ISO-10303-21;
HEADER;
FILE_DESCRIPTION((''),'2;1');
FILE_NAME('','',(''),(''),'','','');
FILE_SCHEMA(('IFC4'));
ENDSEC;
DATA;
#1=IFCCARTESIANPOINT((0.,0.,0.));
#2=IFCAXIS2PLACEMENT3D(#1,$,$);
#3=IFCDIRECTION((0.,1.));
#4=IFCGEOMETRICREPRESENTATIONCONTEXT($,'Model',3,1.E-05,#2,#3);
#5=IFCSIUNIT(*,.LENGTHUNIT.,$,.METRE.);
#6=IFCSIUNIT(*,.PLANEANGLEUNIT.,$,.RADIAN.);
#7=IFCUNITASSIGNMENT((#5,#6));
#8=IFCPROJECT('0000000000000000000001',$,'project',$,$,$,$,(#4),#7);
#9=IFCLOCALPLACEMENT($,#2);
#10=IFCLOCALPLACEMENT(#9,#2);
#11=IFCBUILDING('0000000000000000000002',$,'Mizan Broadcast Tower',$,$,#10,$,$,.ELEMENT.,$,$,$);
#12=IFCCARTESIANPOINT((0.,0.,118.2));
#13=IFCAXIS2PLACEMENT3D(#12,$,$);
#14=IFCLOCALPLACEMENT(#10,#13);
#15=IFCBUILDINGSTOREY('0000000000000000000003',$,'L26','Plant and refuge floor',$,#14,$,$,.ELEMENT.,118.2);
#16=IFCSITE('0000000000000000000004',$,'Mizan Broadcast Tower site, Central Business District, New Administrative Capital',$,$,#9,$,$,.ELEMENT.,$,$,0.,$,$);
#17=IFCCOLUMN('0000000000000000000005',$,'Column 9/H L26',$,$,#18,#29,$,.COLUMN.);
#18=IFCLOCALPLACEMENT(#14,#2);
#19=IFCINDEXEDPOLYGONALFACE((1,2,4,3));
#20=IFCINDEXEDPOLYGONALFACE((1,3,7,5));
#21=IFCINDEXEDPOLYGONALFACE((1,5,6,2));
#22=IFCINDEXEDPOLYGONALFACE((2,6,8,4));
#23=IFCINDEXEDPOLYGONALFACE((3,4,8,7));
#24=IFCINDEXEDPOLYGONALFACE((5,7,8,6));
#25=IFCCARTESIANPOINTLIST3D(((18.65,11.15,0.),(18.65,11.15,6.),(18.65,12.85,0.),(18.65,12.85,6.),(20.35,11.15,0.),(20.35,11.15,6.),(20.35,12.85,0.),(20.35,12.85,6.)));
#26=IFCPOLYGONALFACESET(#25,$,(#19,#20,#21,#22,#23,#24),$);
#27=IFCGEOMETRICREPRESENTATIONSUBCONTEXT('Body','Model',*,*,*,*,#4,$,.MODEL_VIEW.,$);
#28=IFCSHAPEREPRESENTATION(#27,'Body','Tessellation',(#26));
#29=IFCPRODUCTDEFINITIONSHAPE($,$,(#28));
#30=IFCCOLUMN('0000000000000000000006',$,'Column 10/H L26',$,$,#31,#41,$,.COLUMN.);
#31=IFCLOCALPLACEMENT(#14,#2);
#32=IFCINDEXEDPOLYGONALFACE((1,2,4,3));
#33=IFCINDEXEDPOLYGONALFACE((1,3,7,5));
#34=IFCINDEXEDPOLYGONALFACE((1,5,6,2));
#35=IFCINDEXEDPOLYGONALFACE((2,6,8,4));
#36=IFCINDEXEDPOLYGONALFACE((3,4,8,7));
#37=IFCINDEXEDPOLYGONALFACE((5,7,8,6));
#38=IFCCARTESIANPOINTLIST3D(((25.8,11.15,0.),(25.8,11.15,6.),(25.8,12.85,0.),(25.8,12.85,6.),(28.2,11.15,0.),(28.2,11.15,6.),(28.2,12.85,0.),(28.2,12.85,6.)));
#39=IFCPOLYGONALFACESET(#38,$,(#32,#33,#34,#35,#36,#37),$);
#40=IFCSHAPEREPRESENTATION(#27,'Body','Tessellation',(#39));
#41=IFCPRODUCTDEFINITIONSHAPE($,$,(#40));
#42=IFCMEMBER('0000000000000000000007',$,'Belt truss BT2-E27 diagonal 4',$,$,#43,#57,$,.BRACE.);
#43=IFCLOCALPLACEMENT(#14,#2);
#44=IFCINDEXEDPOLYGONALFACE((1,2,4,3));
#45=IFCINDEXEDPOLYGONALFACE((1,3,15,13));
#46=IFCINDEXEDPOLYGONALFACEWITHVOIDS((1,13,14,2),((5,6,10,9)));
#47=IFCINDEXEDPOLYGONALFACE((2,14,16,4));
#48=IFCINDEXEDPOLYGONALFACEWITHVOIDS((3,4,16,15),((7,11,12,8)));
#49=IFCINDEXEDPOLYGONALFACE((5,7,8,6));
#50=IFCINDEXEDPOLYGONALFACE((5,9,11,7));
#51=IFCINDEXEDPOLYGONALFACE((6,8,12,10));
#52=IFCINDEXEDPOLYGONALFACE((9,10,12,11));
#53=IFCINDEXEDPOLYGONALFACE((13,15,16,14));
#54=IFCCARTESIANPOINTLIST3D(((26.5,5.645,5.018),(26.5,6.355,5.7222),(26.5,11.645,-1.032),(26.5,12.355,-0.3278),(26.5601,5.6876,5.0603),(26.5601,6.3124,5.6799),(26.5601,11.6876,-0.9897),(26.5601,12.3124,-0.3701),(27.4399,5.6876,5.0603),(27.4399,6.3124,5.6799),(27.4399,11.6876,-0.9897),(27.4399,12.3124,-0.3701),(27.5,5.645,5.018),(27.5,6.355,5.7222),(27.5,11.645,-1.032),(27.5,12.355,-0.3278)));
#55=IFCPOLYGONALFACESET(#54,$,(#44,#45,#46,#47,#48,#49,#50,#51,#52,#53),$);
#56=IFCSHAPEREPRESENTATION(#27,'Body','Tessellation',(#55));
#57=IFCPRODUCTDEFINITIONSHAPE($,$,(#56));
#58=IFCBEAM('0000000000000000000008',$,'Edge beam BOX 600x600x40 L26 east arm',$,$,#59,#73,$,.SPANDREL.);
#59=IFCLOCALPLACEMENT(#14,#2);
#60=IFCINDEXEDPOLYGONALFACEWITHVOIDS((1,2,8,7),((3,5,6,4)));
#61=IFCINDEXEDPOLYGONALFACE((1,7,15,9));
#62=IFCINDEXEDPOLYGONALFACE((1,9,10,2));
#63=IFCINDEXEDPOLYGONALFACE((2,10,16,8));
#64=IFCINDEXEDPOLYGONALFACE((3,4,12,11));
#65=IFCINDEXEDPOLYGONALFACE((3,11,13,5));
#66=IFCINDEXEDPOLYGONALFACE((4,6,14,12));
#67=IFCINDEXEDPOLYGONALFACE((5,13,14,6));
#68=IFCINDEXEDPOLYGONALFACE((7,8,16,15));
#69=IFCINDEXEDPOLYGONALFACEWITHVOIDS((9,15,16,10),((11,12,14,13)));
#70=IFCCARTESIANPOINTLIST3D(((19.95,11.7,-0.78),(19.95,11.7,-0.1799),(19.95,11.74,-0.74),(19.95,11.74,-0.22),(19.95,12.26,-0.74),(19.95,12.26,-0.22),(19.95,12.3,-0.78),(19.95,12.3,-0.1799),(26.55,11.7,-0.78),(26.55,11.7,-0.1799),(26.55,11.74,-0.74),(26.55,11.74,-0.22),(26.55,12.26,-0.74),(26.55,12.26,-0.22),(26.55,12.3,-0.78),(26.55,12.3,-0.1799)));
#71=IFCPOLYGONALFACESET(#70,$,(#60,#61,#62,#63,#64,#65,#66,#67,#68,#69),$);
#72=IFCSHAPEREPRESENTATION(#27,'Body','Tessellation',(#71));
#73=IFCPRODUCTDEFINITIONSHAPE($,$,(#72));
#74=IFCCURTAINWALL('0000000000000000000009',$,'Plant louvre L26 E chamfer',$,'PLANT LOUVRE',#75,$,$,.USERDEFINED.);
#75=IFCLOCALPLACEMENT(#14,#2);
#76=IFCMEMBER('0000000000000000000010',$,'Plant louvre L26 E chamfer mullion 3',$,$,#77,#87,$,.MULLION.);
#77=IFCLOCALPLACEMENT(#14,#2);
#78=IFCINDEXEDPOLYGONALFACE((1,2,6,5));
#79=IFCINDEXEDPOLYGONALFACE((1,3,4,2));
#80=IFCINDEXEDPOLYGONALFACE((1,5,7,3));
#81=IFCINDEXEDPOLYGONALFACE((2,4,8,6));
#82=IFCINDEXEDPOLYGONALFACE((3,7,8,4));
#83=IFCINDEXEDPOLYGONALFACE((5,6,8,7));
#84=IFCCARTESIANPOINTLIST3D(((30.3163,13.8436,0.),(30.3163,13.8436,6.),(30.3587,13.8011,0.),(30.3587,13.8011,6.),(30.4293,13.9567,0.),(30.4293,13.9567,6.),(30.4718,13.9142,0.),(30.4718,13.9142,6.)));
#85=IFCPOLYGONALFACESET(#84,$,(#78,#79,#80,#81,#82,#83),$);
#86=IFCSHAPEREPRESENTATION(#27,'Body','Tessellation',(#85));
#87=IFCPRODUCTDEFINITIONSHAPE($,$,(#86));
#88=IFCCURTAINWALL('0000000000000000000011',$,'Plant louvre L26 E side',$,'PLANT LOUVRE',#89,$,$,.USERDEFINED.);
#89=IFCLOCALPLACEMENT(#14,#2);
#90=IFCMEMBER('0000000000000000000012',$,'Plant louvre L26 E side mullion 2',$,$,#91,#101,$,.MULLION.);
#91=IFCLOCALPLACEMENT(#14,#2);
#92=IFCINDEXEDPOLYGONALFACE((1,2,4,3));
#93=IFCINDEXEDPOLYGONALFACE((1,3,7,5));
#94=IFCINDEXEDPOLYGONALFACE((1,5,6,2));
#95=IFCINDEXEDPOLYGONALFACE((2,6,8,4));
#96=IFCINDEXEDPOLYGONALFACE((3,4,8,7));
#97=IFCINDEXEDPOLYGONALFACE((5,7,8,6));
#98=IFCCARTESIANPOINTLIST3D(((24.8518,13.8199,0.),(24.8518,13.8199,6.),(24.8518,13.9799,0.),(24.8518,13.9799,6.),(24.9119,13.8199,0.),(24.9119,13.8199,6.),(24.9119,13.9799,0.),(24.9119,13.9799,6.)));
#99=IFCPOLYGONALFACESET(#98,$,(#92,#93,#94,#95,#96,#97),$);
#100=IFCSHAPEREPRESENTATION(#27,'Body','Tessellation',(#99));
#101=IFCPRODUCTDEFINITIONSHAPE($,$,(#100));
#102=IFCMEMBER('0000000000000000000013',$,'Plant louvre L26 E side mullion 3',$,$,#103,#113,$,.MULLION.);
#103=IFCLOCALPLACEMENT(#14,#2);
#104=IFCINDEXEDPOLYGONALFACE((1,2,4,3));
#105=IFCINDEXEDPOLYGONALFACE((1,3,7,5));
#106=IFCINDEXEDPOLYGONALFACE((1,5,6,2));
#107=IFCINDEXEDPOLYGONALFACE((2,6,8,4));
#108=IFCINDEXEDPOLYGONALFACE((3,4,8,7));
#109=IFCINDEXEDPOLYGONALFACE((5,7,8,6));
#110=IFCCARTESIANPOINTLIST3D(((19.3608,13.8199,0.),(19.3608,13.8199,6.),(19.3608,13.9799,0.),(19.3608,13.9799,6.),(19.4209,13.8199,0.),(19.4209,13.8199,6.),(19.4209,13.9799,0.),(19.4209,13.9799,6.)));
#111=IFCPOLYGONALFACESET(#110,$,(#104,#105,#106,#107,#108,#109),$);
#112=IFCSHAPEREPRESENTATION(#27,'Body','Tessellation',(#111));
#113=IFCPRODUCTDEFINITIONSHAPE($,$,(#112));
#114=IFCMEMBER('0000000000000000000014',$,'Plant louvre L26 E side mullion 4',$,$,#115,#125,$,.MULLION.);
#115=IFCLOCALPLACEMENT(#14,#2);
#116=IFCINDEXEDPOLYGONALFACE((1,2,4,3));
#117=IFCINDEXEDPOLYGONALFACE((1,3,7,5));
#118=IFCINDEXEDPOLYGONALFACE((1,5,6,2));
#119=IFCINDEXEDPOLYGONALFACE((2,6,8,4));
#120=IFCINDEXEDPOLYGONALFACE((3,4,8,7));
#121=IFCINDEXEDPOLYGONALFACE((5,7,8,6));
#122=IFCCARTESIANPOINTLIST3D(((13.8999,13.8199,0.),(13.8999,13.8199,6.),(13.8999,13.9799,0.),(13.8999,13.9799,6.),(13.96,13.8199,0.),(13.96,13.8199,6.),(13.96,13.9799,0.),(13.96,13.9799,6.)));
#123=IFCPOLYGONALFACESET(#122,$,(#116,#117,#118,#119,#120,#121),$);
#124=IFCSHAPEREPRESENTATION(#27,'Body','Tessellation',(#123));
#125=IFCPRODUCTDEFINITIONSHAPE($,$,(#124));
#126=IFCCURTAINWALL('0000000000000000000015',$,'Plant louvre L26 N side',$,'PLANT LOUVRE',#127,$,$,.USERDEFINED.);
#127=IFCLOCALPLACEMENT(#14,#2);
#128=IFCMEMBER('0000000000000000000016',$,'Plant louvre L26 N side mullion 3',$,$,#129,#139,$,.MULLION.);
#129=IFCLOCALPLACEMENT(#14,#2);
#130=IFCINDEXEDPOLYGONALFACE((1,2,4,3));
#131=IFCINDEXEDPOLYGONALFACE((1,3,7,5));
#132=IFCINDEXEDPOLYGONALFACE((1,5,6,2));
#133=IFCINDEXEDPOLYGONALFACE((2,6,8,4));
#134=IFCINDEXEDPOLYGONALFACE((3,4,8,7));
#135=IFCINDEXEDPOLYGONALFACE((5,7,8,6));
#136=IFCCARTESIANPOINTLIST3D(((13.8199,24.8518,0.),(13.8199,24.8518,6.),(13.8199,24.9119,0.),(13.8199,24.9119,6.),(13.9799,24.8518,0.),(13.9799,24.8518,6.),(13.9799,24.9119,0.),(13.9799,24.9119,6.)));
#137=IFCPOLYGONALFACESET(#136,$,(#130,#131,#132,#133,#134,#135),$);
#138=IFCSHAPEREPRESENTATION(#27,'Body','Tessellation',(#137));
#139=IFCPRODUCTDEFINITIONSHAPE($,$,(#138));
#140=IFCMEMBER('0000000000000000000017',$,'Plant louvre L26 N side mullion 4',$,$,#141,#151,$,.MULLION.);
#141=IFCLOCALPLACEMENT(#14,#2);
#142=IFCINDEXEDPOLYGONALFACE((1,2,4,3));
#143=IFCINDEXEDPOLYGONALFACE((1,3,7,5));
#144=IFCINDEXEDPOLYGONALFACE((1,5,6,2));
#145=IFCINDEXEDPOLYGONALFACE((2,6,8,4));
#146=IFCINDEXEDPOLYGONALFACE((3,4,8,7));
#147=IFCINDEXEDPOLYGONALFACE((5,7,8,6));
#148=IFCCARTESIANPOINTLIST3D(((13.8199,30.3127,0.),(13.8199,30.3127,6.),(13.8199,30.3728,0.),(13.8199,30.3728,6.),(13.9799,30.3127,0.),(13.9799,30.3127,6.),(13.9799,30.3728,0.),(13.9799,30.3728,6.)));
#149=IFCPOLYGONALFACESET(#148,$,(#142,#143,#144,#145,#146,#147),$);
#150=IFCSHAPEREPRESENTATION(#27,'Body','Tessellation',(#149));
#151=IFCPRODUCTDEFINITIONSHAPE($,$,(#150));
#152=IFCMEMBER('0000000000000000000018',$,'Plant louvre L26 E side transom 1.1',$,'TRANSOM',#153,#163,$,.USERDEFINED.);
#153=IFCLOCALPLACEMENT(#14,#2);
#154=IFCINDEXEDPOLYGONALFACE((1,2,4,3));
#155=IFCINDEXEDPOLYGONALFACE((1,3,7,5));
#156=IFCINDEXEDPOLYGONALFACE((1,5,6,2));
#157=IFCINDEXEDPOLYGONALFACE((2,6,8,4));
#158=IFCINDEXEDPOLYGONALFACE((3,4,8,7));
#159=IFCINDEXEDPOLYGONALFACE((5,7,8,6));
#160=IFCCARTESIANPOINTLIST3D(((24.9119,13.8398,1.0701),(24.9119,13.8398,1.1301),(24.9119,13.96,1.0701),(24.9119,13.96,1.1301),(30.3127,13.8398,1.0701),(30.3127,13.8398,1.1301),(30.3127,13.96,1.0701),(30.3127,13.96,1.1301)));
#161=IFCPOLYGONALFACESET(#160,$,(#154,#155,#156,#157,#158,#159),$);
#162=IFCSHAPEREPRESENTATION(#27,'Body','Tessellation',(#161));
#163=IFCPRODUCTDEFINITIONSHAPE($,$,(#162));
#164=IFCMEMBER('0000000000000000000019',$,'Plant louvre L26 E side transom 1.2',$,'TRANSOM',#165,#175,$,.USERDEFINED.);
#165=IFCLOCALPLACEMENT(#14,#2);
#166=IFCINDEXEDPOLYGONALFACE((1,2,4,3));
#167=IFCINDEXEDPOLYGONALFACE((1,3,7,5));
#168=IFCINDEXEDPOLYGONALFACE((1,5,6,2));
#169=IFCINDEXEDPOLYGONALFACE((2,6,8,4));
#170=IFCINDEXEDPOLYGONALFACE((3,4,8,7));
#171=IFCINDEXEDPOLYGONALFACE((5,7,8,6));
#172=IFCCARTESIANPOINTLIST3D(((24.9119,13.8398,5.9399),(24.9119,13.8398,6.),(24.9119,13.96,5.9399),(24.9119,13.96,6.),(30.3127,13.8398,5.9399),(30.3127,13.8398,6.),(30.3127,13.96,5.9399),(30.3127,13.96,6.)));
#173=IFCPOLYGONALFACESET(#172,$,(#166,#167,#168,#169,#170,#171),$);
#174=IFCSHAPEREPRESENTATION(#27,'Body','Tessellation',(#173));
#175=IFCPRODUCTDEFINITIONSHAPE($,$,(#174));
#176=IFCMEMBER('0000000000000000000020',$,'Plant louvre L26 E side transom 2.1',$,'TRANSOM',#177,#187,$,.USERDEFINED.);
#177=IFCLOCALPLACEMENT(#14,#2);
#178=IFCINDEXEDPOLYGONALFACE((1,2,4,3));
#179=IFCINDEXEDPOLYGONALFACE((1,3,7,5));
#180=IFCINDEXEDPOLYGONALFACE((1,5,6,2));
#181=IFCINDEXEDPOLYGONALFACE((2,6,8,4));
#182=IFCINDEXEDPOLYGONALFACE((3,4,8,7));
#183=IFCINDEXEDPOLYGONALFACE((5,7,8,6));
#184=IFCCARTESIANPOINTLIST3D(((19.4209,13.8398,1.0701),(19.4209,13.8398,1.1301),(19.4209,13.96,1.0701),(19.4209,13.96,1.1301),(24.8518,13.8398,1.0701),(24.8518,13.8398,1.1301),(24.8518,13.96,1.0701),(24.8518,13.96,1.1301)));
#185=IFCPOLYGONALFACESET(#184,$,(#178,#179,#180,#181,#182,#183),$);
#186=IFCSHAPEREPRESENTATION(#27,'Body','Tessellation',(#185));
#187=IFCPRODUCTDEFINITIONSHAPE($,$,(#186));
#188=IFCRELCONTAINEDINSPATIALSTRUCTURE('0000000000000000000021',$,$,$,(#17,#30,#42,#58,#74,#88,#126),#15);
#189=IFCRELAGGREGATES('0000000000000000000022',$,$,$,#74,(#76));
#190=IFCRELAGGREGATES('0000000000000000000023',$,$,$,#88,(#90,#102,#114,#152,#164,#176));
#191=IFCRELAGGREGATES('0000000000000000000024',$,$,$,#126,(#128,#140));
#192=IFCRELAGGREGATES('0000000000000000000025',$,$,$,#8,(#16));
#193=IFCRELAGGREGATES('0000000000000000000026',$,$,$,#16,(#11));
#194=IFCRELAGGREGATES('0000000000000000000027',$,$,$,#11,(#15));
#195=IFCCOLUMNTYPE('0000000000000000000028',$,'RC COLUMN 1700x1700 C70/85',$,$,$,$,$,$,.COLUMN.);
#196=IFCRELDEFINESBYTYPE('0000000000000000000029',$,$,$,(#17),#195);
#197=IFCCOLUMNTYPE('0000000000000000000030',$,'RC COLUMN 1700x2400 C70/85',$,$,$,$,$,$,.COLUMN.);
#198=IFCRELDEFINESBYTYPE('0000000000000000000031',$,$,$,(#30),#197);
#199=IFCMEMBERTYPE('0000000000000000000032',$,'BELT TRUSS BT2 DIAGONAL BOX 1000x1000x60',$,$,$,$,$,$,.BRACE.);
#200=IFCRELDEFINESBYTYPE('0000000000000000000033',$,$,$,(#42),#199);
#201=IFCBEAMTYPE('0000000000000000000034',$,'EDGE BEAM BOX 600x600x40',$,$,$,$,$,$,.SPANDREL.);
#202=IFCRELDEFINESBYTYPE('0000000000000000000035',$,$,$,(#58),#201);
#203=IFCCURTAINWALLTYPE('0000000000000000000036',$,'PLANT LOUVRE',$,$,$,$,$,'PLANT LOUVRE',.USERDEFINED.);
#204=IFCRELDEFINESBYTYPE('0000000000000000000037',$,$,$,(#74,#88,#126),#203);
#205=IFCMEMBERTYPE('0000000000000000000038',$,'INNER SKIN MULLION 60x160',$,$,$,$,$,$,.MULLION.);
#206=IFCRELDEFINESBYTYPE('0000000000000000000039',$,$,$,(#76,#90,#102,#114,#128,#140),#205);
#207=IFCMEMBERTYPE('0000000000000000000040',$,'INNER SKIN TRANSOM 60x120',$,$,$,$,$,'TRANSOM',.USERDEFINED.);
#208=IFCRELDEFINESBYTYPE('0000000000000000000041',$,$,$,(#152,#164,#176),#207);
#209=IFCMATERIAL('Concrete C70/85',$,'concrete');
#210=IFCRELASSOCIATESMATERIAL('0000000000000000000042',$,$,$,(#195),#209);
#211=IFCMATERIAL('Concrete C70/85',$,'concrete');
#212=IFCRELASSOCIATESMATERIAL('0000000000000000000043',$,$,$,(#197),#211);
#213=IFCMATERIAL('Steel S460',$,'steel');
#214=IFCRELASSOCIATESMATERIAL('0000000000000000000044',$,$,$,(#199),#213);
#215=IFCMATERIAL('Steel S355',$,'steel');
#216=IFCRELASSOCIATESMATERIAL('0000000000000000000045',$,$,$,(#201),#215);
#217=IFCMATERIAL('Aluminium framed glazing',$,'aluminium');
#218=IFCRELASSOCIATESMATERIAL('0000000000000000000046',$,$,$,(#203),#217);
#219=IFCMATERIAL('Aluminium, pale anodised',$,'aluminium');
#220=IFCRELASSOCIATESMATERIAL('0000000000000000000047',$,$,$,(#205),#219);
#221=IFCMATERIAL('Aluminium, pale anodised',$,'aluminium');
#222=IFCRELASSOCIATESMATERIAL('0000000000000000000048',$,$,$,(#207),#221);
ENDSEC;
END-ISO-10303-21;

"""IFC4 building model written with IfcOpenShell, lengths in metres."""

from ifc_helpers import new_model, si_unit, direction, frame, origin, origin_2d, place, context, subcontext, project, spatial, rectangle, hollow_rectangle, extrude, material, material_profile, profile_set, type_object, element, aggregate, save


model = new_model("IFC4")

# Units and contexts
model_context = context("Model", 3, precision=1e-05, world=origin(), true_north=direction((0.0, 1.0)))
body_context = subcontext(model_context, "Body", "Model", "MODEL_VIEW")
ifc_project = project(units=[si_unit("LENGTHUNIT", "METRE"), si_unit("PLANEANGLEUNIT", "RADIAN")], contexts=[model_context])

# Site, building, storey
site_placement = place(None, origin())
site = spatial("IfcSite", under=ifc_project, at=site_placement, Name="Mizan Broadcast Tower site, Central Business District, New Administrative Capital", CompositionType="ELEMENT", RefElevation=0.0)
building_placement = place(site_placement, origin())
building = spatial("IfcBuilding", under=site, at=building_placement, Name="Mizan Broadcast Tower", CompositionType="ELEMENT")
storey_placement = place(building_placement, frame((0.0, 0.0, 118.2)))
storey = spatial("IfcBuildingStorey", under=building, at=storey_placement, Name="L26", Description="Plant and refuge floor", CompositionType="ELEMENT", Elevation=118.2)

# Columns
ifc_material_1 = material(Name="Concrete C70/85", Category="concrete")
ifc_material_profile_1 = material_profile(ifc_material_1, rectangle(XDim=1.7, YDim=1.7, at=origin_2d()), Name="RC 1700x1700")
ifc_profile_set_1 = profile_set([ifc_material_profile_1], Name="Concrete C70/85")
column_type_1 = type_object("IfcColumnType", Name="RC COLUMN 1700x1700 C70/85", PredefinedType="COLUMN", material=ifc_profile_set_1)
column_1_placement = place(storey_placement, frame((19.5, 12.0, 0.0), z_axis=(0.0, 0.0, 1.0), x_axis=(1.0, 0.0, 0.0)))
element("IfcColumn", 1, at=column_1_placement, inside=storey, type_object=column_type_1, Name="Column 9/H L26", PredefinedType="COLUMN", context=body_context, shape_type="SweptSolid", body=[
    extrude(rectangle(XDim=1.7, YDim=1.7, at=origin_2d()), origin(), (0.0, 0.0, 1.0), 6.0),
])
ifc_material_2 = material(Name="Concrete C70/85", Category="concrete")
ifc_material_profile_2 = material_profile(ifc_material_2, rectangle(XDim=1.7, YDim=2.3999, at=origin_2d()), Name="RC 1700x2400")
ifc_profile_set_2 = profile_set([ifc_material_profile_2], Name="Concrete C70/85")
column_type_2 = type_object("IfcColumnType", Name="RC COLUMN 1700x2400 C70/85", PredefinedType="COLUMN", material=ifc_profile_set_2)
column_2_placement = place(storey_placement, frame((27.0, 12.0, 0.0), z_axis=(0.0, 0.0, 1.0), x_axis=(0.0, 1.0, 0.0)))
element("IfcColumn", 2, at=column_2_placement, inside=storey, type_object=column_type_2, Name="Column 10/H L26", PredefinedType="COLUMN", context=body_context, shape_type="SweptSolid", body=[
    extrude(rectangle(XDim=1.7, YDim=2.3999, at=origin_2d()), origin(), (0.0, 0.0, 1.0), 6.0),
])

# Member
ifc_material_3 = material(Name="Steel S460", Category="steel")
ifc_material_profile_3 = material_profile(ifc_material_3, hollow_rectangle(XDim=1.0, YDim=1.0, WallThickness=0.0601, at=origin_2d()), Name="BOX 1000x1000x60")
ifc_profile_set_3 = profile_set([ifc_material_profile_3], Name="Steel S460")
member_type_1 = type_object("IfcMemberType", Name="BELT TRUSS BT2 DIAGONAL BOX 1000x1000x60", PredefinedType="BRACE", material=ifc_profile_set_3)
member_1_placement = place(storey_placement, frame((27.0, 12.0, -0.6799), z_axis=(0.0, -0.704164, 0.710038), x_axis=(1.0, 0.0, 0.0)))
element("IfcMember", 3, at=member_1_placement, inside=storey, type_object=member_type_1, Name="Belt truss BT2-E27 diagonal 4", PredefinedType="BRACE", context=body_context, shape_type="SweptSolid", body=[
    extrude(hollow_rectangle(XDim=1.0, YDim=1.0, WallThickness=0.0601, at=origin_2d()), origin(), (0.0, 0.0, 1.0), 8.5208),
])

# Beam
ifc_material_4 = material(Name="Steel S355", Category="steel")
ifc_material_profile_4 = material_profile(ifc_material_4, hollow_rectangle(XDim=0.6001, YDim=0.6001, WallThickness=0.04, at=origin_2d()), Name="BOX 600x600x40")
ifc_profile_set_4 = profile_set([ifc_material_profile_4], Name="Steel S355")
beam_type_1 = type_object("IfcBeamType", Name="EDGE BEAM BOX 600x600x40", PredefinedType="SPANDREL", material=ifc_profile_set_4)
beam_placement = place(storey_placement, frame((19.95, 12.0, -0.48), z_axis=(1.0, 0.0, 0.0), x_axis=(0.0, 1.0, 0.0)))
element("IfcBeam", 4, at=beam_placement, inside=storey, type_object=beam_type_1, Name="Edge beam BOX 600x600x40 L26 east arm", PredefinedType="SPANDREL", context=body_context, shape_type="SweptSolid", body=[
    extrude(hollow_rectangle(XDim=0.6001, YDim=0.6001, WallThickness=0.04, at=origin_2d()), origin(), (0.0, 0.0, 1.0), 6.6001),
])

# Curtain wall, member
ifc_material_5 = material(Name="Aluminium framed glazing", Category="aluminium")
curtain_wall_type = type_object("IfcCurtainWallType", Name="PLANT LOUVRE", ElementType="PLANT LOUVRE", PredefinedType="USERDEFINED", material=ifc_material_5)
curtain_wall_1_placement = place(storey_placement, origin())
curtain_wall_1 = element("IfcCurtainWall", 5, at=curtain_wall_1_placement, inside=storey, type_object=curtain_wall_type, Name="Plant louvre L26 E chamfer", ObjectType="PLANT LOUVRE", PredefinedType="USERDEFINED")
ifc_material_6 = material(Name="Aluminium, pale anodised", Category="aluminium")
ifc_material_profile_5 = material_profile(ifc_material_6, rectangle(XDim=0.1599, YDim=0.0601, at=origin_2d()), Name="MULLION 160x60")
ifc_profile_set_5 = profile_set([ifc_material_profile_5], Name="Aluminium, pale anodised")
member_type_2 = type_object("IfcMemberType", Name="INNER SKIN MULLION 60x160", PredefinedType="MULLION", material=ifc_profile_set_5)
member_2_placement = place(storey_placement, frame((30.394, 13.8789, 0.0), z_axis=(0.0, 0.0, 1.0), x_axis=(-0.707107, -0.707107, 0.0)))
member_2 = element("IfcMember", 6, at=member_2_placement, type_object=member_type_2, Name="Plant louvre L26 E chamfer mullion 3", PredefinedType="MULLION", context=body_context, shape_type="SweptSolid", body=[
    extrude(rectangle(XDim=0.1599, YDim=0.0601, at=origin_2d()), origin(), (0.0, 0.0, 1.0), 6.0),
])

# Curtain walls, members
curtain_wall_2_placement = place(storey_placement, origin())
curtain_wall_2 = element("IfcCurtainWall", 7, at=curtain_wall_2_placement, inside=storey, type_object=curtain_wall_type, Name="Plant louvre L26 E side", ObjectType="PLANT LOUVRE", PredefinedType="USERDEFINED")
member_3_placement = place(storey_placement, frame((24.8818, 13.8999, 0.0), z_axis=(0.0, 0.0, 1.0), x_axis=(0.0, -1.0, 0.0)))
member_3 = element("IfcMember", 8, at=member_3_placement, type_object=member_type_2, Name="Plant louvre L26 E side mullion 2", PredefinedType="MULLION", context=body_context, shape_type="SweptSolid", body=[
    extrude(rectangle(XDim=0.1599, YDim=0.0601, at=origin_2d()), origin(), (0.0, 0.0, 1.0), 6.0),
])
member_4_placement = place(storey_placement, frame((19.3909, 13.8999, 0.0), z_axis=(0.0, 0.0, 1.0), x_axis=(0.0, -1.0, 0.0)))
member_4 = element("IfcMember", 9, at=member_4_placement, type_object=member_type_2, Name="Plant louvre L26 E side mullion 3", PredefinedType="MULLION", context=body_context, shape_type="SweptSolid", body=[
    extrude(rectangle(XDim=0.1599, YDim=0.0601, at=origin_2d()), origin(), (0.0, 0.0, 1.0), 6.0),
])
member_5_placement = place(storey_placement, frame((13.9299, 13.8999, 0.0), z_axis=(0.0, 0.0, 1.0), x_axis=(0.0, -1.0, 0.0)))
member_5 = element("IfcMember", 10, at=member_5_placement, type_object=member_type_2, Name="Plant louvre L26 E side mullion 4", PredefinedType="MULLION", context=body_context, shape_type="SweptSolid", body=[
    extrude(rectangle(XDim=0.1599, YDim=0.0601, at=origin_2d()), origin(), (0.0, 0.0, 1.0), 6.0),
])
curtain_wall_3_placement = place(storey_placement, origin())
curtain_wall_3 = element("IfcCurtainWall", 11, at=curtain_wall_3_placement, inside=storey, type_object=curtain_wall_type, Name="Plant louvre L26 N side", ObjectType="PLANT LOUVRE", PredefinedType="USERDEFINED")
member_6_placement = place(storey_placement, frame((13.8999, 24.8818, 0.0), z_axis=(0.0, 0.0, 1.0), x_axis=(-1.0, 0.0, 0.0)))
member_6 = element("IfcMember", 12, at=member_6_placement, type_object=member_type_2, Name="Plant louvre L26 N side mullion 3", PredefinedType="MULLION", context=body_context, shape_type="SweptSolid", body=[
    extrude(rectangle(XDim=0.1599, YDim=0.0601, at=origin_2d()), origin(), (0.0, 0.0, 1.0), 6.0),
])
member_7_placement = place(storey_placement, frame((13.8999, 30.3428, 0.0), z_axis=(0.0, 0.0, 1.0), x_axis=(-1.0, 0.0, 0.0)))
member_7 = element("IfcMember", 13, at=member_7_placement, type_object=member_type_2, Name="Plant louvre L26 N side mullion 4", PredefinedType="MULLION", context=body_context, shape_type="SweptSolid", body=[
    extrude(rectangle(XDim=0.1599, YDim=0.0601, at=origin_2d()), origin(), (0.0, 0.0, 1.0), 6.0),
])

# Members
ifc_material_7 = material(Name="Aluminium, pale anodised", Category="aluminium")
ifc_material_profile_6 = material_profile(ifc_material_7, rectangle(XDim=0.1201, YDim=0.0601, at=origin_2d()), Name="TRANSOM 120x60")
ifc_profile_set_6 = profile_set([ifc_material_profile_6], Name="Aluminium, pale anodised")
member_type_3 = type_object("IfcMemberType", Name="INNER SKIN TRANSOM 60x120", ElementType="TRANSOM", PredefinedType="USERDEFINED", material=ifc_profile_set_6)
member_8_placement = place(storey_placement, frame((30.3127, 13.8999, 1.1001), z_axis=(-1.0, 0.0, 0.0), x_axis=(0.0, -1.0, 0.0)))
member_8 = element("IfcMember", 14, at=member_8_placement, type_object=member_type_3, Name="Plant louvre L26 E side transom 1.1", ObjectType="TRANSOM", PredefinedType="USERDEFINED", context=body_context, shape_type="SweptSolid", body=[
    extrude(rectangle(XDim=0.1201, YDim=0.0601, at=origin_2d()), origin(), (0.0, 0.0, 1.0), 5.4009),
])
member_9_placement = place(storey_placement, frame((30.3127, 13.8999, 5.97), z_axis=(-1.0, 0.0, 0.0), x_axis=(0.0, -1.0, 0.0)))
member_9 = element("IfcMember", 15, at=member_9_placement, type_object=member_type_3, Name="Plant louvre L26 E side transom 1.2", ObjectType="TRANSOM", PredefinedType="USERDEFINED", context=body_context, shape_type="SweptSolid", body=[
    extrude(rectangle(XDim=0.1201, YDim=0.0601, at=origin_2d()), origin(), (0.0, 0.0, 1.0), 5.4009),
])
member_10_placement = place(storey_placement, frame((24.8518, 13.8999, 1.1001), z_axis=(-1.0, 0.0, 0.0), x_axis=(0.0, -1.0, 0.0)))
member_10 = element("IfcMember", 16, at=member_10_placement, type_object=member_type_3, Name="Plant louvre L26 E side transom 2.1", ObjectType="TRANSOM", PredefinedType="USERDEFINED", context=body_context, shape_type="SweptSolid", body=[
    extrude(rectangle(XDim=0.1201, YDim=0.0601, at=origin_2d()), origin(), (0.0, 0.0, 1.0), 5.4309),
])

aggregate(curtain_wall_1, [member_2])
aggregate(curtain_wall_2, [member_3, member_4, member_5, member_8, member_9, member_10])
aggregate(curtain_wall_3, [member_6, member_7])

save(model, "model.ifc")
